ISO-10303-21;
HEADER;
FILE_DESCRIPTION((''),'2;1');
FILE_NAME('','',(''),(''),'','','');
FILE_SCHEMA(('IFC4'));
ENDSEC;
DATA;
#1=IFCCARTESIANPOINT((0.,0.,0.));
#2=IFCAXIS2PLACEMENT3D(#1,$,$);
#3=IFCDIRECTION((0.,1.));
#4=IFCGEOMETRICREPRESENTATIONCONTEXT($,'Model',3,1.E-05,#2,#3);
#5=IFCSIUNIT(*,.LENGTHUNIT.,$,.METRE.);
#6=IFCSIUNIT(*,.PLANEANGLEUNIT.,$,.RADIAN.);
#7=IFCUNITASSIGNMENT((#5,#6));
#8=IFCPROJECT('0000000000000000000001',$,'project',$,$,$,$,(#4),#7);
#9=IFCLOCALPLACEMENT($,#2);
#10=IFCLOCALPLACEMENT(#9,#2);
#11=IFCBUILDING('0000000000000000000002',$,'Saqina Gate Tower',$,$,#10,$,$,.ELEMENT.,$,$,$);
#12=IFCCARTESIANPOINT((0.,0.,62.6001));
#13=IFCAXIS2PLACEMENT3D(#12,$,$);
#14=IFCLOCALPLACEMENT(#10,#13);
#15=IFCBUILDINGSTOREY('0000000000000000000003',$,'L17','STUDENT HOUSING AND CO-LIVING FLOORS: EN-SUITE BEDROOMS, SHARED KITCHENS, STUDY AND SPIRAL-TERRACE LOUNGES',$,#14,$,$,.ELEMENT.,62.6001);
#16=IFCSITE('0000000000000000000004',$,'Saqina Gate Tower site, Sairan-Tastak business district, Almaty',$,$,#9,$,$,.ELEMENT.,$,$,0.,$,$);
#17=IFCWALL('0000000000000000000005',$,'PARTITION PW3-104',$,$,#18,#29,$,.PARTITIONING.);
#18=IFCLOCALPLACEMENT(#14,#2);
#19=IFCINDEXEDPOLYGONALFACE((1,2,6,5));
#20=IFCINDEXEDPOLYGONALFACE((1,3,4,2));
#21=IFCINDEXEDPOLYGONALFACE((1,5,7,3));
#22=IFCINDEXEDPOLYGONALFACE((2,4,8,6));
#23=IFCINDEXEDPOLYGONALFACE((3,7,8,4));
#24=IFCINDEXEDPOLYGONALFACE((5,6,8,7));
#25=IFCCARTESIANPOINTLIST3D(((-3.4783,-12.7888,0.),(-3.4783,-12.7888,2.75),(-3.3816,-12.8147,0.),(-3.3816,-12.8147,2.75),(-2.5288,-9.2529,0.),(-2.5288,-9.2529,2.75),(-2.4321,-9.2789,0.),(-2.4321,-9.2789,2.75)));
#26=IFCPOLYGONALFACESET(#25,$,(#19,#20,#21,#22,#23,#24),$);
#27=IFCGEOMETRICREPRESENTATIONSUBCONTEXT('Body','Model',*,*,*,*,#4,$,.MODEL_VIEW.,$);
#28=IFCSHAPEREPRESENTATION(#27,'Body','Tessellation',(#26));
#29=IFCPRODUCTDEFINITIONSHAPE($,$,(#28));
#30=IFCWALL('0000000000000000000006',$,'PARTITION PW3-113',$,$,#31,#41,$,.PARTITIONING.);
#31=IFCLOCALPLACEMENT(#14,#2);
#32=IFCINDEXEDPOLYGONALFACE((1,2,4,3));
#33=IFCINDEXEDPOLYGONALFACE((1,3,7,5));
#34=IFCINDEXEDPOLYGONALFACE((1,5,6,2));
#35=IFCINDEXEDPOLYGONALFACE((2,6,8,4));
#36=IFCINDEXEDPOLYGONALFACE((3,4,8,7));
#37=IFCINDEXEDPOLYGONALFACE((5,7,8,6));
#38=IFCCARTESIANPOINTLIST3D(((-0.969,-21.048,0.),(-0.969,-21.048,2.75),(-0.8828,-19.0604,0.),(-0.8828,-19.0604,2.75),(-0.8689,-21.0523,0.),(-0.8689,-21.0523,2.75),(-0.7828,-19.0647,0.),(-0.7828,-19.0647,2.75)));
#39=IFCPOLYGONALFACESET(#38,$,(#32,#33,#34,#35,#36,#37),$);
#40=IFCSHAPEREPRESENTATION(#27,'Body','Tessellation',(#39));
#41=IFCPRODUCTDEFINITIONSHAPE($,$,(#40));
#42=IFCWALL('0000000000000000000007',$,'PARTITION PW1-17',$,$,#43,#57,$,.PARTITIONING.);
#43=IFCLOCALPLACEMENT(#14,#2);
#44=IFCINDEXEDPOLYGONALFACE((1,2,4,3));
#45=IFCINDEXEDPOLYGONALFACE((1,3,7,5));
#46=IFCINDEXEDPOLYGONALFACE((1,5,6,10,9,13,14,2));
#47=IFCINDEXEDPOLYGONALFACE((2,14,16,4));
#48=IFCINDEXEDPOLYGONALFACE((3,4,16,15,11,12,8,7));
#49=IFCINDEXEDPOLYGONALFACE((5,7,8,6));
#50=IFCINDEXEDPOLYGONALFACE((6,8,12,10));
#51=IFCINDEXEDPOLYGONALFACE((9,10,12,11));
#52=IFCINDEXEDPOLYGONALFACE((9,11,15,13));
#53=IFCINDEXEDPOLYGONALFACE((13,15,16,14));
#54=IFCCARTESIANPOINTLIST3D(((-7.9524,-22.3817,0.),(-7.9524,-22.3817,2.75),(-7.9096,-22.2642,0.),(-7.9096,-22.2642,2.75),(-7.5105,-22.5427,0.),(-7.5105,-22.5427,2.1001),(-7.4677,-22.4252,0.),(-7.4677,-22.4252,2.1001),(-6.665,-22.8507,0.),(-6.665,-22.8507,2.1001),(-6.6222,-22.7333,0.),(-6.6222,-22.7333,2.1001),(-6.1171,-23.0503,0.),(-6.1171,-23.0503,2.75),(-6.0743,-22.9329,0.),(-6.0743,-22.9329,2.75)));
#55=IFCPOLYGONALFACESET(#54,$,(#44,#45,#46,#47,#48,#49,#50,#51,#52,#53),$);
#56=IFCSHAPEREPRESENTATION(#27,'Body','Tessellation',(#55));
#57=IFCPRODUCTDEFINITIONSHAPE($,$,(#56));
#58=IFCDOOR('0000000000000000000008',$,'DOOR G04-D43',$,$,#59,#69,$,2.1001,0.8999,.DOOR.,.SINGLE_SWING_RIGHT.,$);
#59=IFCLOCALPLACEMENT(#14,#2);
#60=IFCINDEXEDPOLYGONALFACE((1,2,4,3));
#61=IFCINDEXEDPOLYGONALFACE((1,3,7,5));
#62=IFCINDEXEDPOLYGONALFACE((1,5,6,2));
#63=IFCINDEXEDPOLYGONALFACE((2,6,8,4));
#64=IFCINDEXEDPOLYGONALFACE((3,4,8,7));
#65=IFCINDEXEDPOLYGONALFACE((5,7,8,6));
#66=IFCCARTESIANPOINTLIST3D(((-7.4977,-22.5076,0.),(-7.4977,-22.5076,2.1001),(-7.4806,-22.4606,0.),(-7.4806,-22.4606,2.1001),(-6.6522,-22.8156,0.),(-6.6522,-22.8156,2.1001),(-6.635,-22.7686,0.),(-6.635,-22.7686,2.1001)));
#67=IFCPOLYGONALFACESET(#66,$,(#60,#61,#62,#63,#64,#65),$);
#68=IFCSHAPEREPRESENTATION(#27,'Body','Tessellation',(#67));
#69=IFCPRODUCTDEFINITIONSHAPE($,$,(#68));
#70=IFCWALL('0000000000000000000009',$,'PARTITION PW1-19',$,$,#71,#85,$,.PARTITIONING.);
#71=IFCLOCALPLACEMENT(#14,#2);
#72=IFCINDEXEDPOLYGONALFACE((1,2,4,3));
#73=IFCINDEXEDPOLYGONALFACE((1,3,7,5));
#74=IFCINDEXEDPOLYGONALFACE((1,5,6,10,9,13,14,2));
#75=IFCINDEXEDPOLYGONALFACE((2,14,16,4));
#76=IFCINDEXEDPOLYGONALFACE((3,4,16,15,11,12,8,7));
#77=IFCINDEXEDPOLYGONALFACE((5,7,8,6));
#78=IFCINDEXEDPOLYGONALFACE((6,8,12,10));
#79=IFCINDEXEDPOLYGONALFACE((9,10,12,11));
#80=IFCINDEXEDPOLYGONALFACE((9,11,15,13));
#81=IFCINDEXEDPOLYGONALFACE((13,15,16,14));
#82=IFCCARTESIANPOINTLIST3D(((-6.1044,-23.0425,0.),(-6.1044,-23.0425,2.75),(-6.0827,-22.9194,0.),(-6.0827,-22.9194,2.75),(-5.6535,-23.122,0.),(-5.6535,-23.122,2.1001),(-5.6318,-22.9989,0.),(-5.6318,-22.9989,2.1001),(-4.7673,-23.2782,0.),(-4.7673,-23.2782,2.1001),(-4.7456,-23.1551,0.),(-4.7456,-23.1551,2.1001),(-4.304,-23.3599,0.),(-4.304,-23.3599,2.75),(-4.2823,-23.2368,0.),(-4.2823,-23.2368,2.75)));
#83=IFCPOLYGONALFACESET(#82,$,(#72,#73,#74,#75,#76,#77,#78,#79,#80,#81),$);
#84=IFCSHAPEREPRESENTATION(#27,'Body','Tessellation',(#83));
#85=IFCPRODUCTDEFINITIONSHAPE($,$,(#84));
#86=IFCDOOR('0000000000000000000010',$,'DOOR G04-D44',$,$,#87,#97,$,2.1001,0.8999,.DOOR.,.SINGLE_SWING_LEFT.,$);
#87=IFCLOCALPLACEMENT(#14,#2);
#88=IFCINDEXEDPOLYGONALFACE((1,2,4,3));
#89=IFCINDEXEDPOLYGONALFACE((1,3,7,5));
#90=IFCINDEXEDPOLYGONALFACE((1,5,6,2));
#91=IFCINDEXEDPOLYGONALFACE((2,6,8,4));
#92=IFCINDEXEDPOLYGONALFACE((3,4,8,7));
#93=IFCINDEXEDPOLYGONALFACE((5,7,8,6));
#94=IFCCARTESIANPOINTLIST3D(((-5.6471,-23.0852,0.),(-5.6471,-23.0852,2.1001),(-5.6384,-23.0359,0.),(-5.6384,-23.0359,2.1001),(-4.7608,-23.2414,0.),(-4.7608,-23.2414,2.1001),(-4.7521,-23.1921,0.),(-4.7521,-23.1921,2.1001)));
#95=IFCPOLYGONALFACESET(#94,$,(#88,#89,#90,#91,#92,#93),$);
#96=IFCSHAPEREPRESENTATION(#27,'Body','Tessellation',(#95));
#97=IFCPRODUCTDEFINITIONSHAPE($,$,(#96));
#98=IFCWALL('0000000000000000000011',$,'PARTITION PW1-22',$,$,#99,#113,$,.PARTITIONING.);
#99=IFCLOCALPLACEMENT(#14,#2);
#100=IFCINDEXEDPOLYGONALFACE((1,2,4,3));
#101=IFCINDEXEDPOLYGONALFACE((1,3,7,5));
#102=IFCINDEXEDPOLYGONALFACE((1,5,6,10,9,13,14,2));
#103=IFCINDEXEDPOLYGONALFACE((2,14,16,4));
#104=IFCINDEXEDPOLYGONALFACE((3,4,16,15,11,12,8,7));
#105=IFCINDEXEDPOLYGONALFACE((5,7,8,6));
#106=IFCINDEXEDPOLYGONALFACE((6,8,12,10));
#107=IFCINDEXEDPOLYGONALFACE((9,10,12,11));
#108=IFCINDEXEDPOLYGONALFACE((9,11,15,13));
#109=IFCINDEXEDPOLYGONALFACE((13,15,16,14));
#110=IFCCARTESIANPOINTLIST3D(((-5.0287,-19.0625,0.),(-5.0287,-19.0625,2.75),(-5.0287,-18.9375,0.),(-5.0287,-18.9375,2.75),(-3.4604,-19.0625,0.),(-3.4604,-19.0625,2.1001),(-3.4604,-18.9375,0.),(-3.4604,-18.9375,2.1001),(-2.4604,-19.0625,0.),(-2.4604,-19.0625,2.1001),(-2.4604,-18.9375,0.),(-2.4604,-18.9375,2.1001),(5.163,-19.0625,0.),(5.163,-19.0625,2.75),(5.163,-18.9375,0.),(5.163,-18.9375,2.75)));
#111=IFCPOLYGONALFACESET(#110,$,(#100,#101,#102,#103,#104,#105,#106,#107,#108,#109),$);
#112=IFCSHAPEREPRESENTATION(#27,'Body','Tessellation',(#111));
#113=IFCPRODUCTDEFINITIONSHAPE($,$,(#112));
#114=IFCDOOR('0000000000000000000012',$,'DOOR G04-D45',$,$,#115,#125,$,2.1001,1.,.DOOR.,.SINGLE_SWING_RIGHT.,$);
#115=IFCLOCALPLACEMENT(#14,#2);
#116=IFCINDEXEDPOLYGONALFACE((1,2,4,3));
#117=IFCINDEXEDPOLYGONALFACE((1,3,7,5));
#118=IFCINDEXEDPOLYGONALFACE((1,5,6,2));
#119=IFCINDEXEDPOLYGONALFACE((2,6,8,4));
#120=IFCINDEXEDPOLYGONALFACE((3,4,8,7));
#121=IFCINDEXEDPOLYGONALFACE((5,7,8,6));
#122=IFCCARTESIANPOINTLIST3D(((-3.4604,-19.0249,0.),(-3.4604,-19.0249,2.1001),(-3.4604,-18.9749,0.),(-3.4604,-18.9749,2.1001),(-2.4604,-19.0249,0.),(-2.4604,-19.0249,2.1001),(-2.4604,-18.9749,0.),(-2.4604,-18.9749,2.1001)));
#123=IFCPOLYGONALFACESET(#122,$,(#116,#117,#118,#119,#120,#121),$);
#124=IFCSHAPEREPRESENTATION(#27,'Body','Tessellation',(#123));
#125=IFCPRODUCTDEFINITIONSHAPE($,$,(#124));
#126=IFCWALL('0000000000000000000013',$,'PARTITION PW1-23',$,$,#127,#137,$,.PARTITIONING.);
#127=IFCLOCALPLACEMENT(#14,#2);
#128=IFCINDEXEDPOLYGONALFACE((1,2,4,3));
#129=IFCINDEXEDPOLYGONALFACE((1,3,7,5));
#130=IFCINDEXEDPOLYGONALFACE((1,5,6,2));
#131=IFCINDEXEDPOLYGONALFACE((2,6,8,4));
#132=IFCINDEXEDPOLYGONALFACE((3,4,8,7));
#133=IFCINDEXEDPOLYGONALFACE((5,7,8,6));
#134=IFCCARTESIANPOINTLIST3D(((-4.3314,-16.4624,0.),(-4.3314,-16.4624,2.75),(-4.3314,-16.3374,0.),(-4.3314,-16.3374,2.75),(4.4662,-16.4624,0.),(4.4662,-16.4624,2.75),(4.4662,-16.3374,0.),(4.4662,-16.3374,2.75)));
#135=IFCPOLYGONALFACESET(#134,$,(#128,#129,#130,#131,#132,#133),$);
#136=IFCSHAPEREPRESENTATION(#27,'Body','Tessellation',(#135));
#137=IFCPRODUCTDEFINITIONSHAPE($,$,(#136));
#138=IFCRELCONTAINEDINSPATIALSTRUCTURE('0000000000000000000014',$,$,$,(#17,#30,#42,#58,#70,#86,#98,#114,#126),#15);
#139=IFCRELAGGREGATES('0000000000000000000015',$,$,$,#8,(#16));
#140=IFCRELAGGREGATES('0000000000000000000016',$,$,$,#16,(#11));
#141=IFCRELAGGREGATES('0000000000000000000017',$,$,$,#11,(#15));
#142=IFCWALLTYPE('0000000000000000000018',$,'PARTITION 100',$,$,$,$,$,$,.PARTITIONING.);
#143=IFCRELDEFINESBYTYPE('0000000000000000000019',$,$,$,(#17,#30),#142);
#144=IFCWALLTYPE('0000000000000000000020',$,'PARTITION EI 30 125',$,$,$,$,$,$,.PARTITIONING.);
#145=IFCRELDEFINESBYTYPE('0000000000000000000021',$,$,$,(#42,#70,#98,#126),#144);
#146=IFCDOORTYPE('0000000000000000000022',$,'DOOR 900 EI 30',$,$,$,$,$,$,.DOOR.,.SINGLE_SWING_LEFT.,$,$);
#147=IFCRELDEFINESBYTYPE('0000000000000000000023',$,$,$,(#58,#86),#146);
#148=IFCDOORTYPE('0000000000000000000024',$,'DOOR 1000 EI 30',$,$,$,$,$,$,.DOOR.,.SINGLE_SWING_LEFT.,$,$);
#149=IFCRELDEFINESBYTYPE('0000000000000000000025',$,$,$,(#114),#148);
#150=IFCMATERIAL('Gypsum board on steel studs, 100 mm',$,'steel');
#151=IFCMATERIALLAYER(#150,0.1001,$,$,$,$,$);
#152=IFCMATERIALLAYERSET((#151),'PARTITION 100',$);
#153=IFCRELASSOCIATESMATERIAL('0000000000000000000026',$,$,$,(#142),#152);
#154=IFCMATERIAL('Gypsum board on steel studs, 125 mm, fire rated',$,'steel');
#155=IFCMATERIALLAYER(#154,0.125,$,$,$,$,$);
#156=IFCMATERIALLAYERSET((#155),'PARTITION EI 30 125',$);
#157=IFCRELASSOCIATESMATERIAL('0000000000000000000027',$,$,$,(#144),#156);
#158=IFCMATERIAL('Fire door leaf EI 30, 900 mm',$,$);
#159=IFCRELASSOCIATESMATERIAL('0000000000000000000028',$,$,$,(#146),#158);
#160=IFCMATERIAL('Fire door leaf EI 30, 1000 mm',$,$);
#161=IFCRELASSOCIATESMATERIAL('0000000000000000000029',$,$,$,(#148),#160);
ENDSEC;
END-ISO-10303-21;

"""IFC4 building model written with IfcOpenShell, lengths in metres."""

from ifc_helpers import new_model, si_unit, direction, frame, frame_2d, origin, place, context, subcontext, project, spatial, rectangle, extrude, material, layer, layer_set, type_object, element, fill, save


model = new_model("IFC4")

# Units and contexts
model_context = context("Model", 3, precision=1e-05, world=origin(), true_north=direction((0.0, 1.0)))
body_context = subcontext(model_context, "Body", "Model", "MODEL_VIEW")
ifc_project = project(units=[si_unit("LENGTHUNIT", "METRE"), si_unit("PLANEANGLEUNIT", "RADIAN")], contexts=[model_context])

# Site, building, storey
site_placement = place(None, origin())
site = spatial("IfcSite", under=ifc_project, at=site_placement, Name="Saqina Gate Tower site, Sairan-Tastak business district, Almaty", CompositionType="ELEMENT", RefElevation=0.0)
building_placement = place(site_placement, origin())
building = spatial("IfcBuilding", under=site, at=building_placement, Name="Saqina Gate Tower", CompositionType="ELEMENT")
storey_placement = place(building_placement, frame((0.0, 0.0, 62.6001)))
storey = spatial("IfcBuildingStorey", under=building, at=storey_placement, Name="L17", Description="STUDENT HOUSING AND CO-LIVING FLOORS: EN-SUITE BEDROOMS, SHARED KITCHENS, STUDY AND SPIRAL-TERRACE LOUNGES", CompositionType="ELEMENT", Elevation=62.6001)

# Shared definitions
ifc_material_1 = material(Name="Gypsum board on steel studs, 100 mm", Category="steel")
ifc_layer_1 = layer(ifc_material_1, 0.1001)
ifc_layer_set_1 = layer_set([ifc_layer_1], Name="PARTITION 100")
wall_type_1 = type_object("IfcWallType", Name="PARTITION 100", PredefinedType="PARTITIONING", material=ifc_layer_set_1)

# Walls
wall_1_placement = place(storey_placement, frame((-3.4299, -12.8018, 0.0), z_axis=(0.0, 0.0, 1.0), x_axis=(0.259335, 0.965787, 0.0)))
element("IfcWall", 1, at=wall_1_placement, inside=storey, type_object=wall_type_1, Name="PARTITION PW3-104", PredefinedType="PARTITIONING", context=body_context, shape_type="SweptSolid", body=[
    extrude(rectangle(XDim=3.6611, YDim=0.1001, at=frame_2d((1.8306, 0.0))), origin(), (0.0, 0.0, 1.0), 2.75),
])
wall_2_placement = place(storey_placement, frame((-0.9189, -21.05, 0.0), z_axis=(0.0, 0.0, 1.0), x_axis=(0.04332, 0.999061, 0.0)))
element("IfcWall", 2, at=wall_2_placement, inside=storey, type_object=wall_type_1, Name="PARTITION PW3-113", PredefinedType="PARTITIONING", context=body_context, shape_type="SweptSolid", body=[
    extrude(rectangle(XDim=1.9895, YDim=0.1001, at=frame_2d((0.9946, 0.0))), origin(), (0.0, 0.0, 1.0), 2.75),
])

# Walls, openings, doors
ifc_material_2 = material(Name="Gypsum board on steel studs, 125 mm, fire rated", Category="steel")
ifc_layer_2 = layer(ifc_material_2, 0.125)
ifc_layer_set_2 = layer_set([ifc_layer_2], Name="PARTITION EI 30 125")
wall_type_2 = type_object("IfcWallType", Name="PARTITION EI 30 125", PredefinedType="PARTITIONING", material=ifc_layer_set_2)
wall_3_placement = place(storey_placement, frame((-7.9309, -22.323, 0.0), z_axis=(0.0, 0.0, 1.0), x_axis=(0.939585, -0.342315, 0.0)))
wall_3 = element("IfcWall", 3, at=wall_3_placement, inside=storey, type_object=wall_type_2, Name="PARTITION PW1-17", PredefinedType="PARTITIONING", context=body_context, shape_type="SweptSolid", body=[
    extrude(rectangle(XDim=1.9534, YDim=0.125, at=frame_2d((0.9766, 0.0))), origin(), (0.0, 0.0, 1.0), 2.75),
])
opening_1_placement = place(wall_3_placement, frame((0.4702, 0.0, 0.0)))
opening_1 = element("IfcOpeningElement", 4, at=opening_1_placement, cuts=wall_3, PredefinedType="OPENING", context=body_context, shape_type="SweptSolid", body=[
    extrude(rectangle(XDim=0.8999, YDim=2.1001, at=frame_2d((0.45, 1.05))), frame((0.0, 0.0745, 0.0), z_axis=(0.0, -1.0, 0.0), x_axis=(1.0, 0.0, 0.0)), (0.0, 0.0, 1.0), 0.1489),
])
ifc_material_3 = material(Name="Fire door leaf EI 30, 900 mm")
door_type_1 = type_object("IfcDoorType", Name="DOOR 900 EI 30", OperationType="SINGLE_SWING_LEFT", PredefinedType="DOOR", material=ifc_material_3)
door_1_placement = place(opening_1_placement, origin())
door_1 = element("IfcDoor", 5, at=door_1_placement, inside=storey, type_object=door_type_1, Name="DOOR G04-D43", OperationType="SINGLE_SWING_RIGHT", OverallHeight=2.1001, OverallWidth=0.8999, PredefinedType="DOOR", context=body_context, shape_type="SweptSolid", body=[
    extrude(rectangle(XDim=0.8999, YDim=2.1001, at=frame_2d((0.45, 1.05))), frame((0.0, 0.0249, 0.0), z_axis=(0.0, -1.0, 0.0), x_axis=(1.0, 0.0, 0.0)), (0.0, 0.0, 1.0), 0.05),
])
fill(opening_1, door_1)
wall_4_placement = place(storey_placement, frame((-6.0935, -22.981, 0.0), z_axis=(0.0, 0.0, 1.0), x_axis=(0.984813, -0.173618, 0.0)))
wall_4 = element("IfcWall", 6, at=wall_4_placement, inside=storey, type_object=wall_type_2, Name="PARTITION PW1-19", PredefinedType="PARTITIONING", context=body_context, shape_type="SweptSolid", body=[
    extrude(rectangle(XDim=1.8281, YDim=0.125, at=frame_2d((0.9141, 0.0))), origin(), (0.0, 0.0, 1.0), 2.75),
])
opening_2_placement = place(wall_4_placement, frame((0.4578, 0.0, 0.0)))
opening_2 = element("IfcOpeningElement", 7, at=opening_2_placement, cuts=wall_4, PredefinedType="OPENING", context=body_context, shape_type="SweptSolid", body=[
    extrude(rectangle(XDim=0.8999, YDim=2.1001, at=frame_2d((0.45, 1.05))), frame((0.0, 0.0745, 0.0), z_axis=(0.0, -1.0, 0.0), x_axis=(1.0, 0.0, 0.0)), (0.0, 0.0, 1.0), 0.1489),
])
door_2_placement = place(opening_2_placement, origin())
door_2 = element("IfcDoor", 8, at=door_2_placement, inside=storey, type_object=door_type_1, Name="DOOR G04-D44", OperationType="SINGLE_SWING_LEFT", OverallHeight=2.1001, OverallWidth=0.8999, PredefinedType="DOOR", context=body_context, shape_type="SweptSolid", body=[
    extrude(rectangle(XDim=0.8999, YDim=2.1001, at=frame_2d((0.45, 1.05))), frame((0.0, 0.0249, 0.0), z_axis=(0.0, -1.0, 0.0), x_axis=(1.0, 0.0, 0.0)), (0.0, 0.0, 1.0), 0.05),
])
fill(opening_2, door_2)
wall_5_placement = place(storey_placement, frame((-5.0286, -19.0, 0.0), z_axis=(0.0, 0.0, 1.0), x_axis=(1.0, 0.0, 0.0)))
wall_5 = element("IfcWall", 9, at=wall_5_placement, inside=storey, type_object=wall_type_2, Name="PARTITION PW1-22", PredefinedType="PARTITIONING", context=body_context, shape_type="SweptSolid", body=[
    extrude(rectangle(XDim=10.1917, YDim=0.125, at=frame_2d((5.0957, 0.0))), origin(), (0.0, 0.0, 1.0), 2.75),
])
opening_3_placement = place(wall_5_placement, frame((1.5681, 0.0, 0.0)))
opening_3 = element("IfcOpeningElement", 10, at=opening_3_placement, cuts=wall_5, PredefinedType="OPENING", context=body_context, shape_type="SweptSolid", body=[
    extrude(rectangle(XDim=1.0, YDim=2.1001, at=frame_2d((0.5, 1.05))), frame((0.0, 0.0745, 0.0), z_axis=(0.0, -1.0, 0.0), x_axis=(1.0, 0.0, 0.0)), (0.0, 0.0, 1.0), 0.1489),
])
ifc_material_4 = material(Name="Fire door leaf EI 30, 1000 mm")
door_type_2 = type_object("IfcDoorType", Name="DOOR 1000 EI 30", OperationType="SINGLE_SWING_LEFT", PredefinedType="DOOR", material=ifc_material_4)
door_3_placement = place(opening_3_placement, frame((1.0, 0.0, 0.0), z_axis=(0.0, 0.0, 1.0), x_axis=(-1.0, 0.0, 0.0)))
door_3 = element("IfcDoor", 11, at=door_3_placement, inside=storey, type_object=door_type_2, Name="DOOR G04-D45", OperationType="SINGLE_SWING_RIGHT", OverallHeight=2.1001, OverallWidth=1.0, PredefinedType="DOOR", context=body_context, shape_type="SweptSolid", body=[
    extrude(rectangle(XDim=1.0, YDim=2.1001, at=frame_2d((0.5, 1.05))), frame((0.0, 0.0249, 0.0), z_axis=(0.0, -1.0, 0.0), x_axis=(1.0, 0.0, 0.0)), (0.0, 0.0, 1.0), 0.05),
])
fill(opening_3, door_3)

# Wall
wall_6_placement = place(storey_placement, frame((-4.3315, -16.3999, 0.0), z_axis=(0.0, 0.0, 1.0), x_axis=(1.0, 0.0, 0.0)))
element("IfcWall", 12, at=wall_6_placement, inside=storey, type_object=wall_type_2, Name="PARTITION PW1-23", PredefinedType="PARTITIONING", context=body_context, shape_type="SweptSolid", body=[
    extrude(rectangle(XDim=8.7976, YDim=0.125, at=frame_2d((4.3989, 0.0))), origin(), (0.0, 0.0, 1.0), 2.75),
])

save(model, "model.ifc")
